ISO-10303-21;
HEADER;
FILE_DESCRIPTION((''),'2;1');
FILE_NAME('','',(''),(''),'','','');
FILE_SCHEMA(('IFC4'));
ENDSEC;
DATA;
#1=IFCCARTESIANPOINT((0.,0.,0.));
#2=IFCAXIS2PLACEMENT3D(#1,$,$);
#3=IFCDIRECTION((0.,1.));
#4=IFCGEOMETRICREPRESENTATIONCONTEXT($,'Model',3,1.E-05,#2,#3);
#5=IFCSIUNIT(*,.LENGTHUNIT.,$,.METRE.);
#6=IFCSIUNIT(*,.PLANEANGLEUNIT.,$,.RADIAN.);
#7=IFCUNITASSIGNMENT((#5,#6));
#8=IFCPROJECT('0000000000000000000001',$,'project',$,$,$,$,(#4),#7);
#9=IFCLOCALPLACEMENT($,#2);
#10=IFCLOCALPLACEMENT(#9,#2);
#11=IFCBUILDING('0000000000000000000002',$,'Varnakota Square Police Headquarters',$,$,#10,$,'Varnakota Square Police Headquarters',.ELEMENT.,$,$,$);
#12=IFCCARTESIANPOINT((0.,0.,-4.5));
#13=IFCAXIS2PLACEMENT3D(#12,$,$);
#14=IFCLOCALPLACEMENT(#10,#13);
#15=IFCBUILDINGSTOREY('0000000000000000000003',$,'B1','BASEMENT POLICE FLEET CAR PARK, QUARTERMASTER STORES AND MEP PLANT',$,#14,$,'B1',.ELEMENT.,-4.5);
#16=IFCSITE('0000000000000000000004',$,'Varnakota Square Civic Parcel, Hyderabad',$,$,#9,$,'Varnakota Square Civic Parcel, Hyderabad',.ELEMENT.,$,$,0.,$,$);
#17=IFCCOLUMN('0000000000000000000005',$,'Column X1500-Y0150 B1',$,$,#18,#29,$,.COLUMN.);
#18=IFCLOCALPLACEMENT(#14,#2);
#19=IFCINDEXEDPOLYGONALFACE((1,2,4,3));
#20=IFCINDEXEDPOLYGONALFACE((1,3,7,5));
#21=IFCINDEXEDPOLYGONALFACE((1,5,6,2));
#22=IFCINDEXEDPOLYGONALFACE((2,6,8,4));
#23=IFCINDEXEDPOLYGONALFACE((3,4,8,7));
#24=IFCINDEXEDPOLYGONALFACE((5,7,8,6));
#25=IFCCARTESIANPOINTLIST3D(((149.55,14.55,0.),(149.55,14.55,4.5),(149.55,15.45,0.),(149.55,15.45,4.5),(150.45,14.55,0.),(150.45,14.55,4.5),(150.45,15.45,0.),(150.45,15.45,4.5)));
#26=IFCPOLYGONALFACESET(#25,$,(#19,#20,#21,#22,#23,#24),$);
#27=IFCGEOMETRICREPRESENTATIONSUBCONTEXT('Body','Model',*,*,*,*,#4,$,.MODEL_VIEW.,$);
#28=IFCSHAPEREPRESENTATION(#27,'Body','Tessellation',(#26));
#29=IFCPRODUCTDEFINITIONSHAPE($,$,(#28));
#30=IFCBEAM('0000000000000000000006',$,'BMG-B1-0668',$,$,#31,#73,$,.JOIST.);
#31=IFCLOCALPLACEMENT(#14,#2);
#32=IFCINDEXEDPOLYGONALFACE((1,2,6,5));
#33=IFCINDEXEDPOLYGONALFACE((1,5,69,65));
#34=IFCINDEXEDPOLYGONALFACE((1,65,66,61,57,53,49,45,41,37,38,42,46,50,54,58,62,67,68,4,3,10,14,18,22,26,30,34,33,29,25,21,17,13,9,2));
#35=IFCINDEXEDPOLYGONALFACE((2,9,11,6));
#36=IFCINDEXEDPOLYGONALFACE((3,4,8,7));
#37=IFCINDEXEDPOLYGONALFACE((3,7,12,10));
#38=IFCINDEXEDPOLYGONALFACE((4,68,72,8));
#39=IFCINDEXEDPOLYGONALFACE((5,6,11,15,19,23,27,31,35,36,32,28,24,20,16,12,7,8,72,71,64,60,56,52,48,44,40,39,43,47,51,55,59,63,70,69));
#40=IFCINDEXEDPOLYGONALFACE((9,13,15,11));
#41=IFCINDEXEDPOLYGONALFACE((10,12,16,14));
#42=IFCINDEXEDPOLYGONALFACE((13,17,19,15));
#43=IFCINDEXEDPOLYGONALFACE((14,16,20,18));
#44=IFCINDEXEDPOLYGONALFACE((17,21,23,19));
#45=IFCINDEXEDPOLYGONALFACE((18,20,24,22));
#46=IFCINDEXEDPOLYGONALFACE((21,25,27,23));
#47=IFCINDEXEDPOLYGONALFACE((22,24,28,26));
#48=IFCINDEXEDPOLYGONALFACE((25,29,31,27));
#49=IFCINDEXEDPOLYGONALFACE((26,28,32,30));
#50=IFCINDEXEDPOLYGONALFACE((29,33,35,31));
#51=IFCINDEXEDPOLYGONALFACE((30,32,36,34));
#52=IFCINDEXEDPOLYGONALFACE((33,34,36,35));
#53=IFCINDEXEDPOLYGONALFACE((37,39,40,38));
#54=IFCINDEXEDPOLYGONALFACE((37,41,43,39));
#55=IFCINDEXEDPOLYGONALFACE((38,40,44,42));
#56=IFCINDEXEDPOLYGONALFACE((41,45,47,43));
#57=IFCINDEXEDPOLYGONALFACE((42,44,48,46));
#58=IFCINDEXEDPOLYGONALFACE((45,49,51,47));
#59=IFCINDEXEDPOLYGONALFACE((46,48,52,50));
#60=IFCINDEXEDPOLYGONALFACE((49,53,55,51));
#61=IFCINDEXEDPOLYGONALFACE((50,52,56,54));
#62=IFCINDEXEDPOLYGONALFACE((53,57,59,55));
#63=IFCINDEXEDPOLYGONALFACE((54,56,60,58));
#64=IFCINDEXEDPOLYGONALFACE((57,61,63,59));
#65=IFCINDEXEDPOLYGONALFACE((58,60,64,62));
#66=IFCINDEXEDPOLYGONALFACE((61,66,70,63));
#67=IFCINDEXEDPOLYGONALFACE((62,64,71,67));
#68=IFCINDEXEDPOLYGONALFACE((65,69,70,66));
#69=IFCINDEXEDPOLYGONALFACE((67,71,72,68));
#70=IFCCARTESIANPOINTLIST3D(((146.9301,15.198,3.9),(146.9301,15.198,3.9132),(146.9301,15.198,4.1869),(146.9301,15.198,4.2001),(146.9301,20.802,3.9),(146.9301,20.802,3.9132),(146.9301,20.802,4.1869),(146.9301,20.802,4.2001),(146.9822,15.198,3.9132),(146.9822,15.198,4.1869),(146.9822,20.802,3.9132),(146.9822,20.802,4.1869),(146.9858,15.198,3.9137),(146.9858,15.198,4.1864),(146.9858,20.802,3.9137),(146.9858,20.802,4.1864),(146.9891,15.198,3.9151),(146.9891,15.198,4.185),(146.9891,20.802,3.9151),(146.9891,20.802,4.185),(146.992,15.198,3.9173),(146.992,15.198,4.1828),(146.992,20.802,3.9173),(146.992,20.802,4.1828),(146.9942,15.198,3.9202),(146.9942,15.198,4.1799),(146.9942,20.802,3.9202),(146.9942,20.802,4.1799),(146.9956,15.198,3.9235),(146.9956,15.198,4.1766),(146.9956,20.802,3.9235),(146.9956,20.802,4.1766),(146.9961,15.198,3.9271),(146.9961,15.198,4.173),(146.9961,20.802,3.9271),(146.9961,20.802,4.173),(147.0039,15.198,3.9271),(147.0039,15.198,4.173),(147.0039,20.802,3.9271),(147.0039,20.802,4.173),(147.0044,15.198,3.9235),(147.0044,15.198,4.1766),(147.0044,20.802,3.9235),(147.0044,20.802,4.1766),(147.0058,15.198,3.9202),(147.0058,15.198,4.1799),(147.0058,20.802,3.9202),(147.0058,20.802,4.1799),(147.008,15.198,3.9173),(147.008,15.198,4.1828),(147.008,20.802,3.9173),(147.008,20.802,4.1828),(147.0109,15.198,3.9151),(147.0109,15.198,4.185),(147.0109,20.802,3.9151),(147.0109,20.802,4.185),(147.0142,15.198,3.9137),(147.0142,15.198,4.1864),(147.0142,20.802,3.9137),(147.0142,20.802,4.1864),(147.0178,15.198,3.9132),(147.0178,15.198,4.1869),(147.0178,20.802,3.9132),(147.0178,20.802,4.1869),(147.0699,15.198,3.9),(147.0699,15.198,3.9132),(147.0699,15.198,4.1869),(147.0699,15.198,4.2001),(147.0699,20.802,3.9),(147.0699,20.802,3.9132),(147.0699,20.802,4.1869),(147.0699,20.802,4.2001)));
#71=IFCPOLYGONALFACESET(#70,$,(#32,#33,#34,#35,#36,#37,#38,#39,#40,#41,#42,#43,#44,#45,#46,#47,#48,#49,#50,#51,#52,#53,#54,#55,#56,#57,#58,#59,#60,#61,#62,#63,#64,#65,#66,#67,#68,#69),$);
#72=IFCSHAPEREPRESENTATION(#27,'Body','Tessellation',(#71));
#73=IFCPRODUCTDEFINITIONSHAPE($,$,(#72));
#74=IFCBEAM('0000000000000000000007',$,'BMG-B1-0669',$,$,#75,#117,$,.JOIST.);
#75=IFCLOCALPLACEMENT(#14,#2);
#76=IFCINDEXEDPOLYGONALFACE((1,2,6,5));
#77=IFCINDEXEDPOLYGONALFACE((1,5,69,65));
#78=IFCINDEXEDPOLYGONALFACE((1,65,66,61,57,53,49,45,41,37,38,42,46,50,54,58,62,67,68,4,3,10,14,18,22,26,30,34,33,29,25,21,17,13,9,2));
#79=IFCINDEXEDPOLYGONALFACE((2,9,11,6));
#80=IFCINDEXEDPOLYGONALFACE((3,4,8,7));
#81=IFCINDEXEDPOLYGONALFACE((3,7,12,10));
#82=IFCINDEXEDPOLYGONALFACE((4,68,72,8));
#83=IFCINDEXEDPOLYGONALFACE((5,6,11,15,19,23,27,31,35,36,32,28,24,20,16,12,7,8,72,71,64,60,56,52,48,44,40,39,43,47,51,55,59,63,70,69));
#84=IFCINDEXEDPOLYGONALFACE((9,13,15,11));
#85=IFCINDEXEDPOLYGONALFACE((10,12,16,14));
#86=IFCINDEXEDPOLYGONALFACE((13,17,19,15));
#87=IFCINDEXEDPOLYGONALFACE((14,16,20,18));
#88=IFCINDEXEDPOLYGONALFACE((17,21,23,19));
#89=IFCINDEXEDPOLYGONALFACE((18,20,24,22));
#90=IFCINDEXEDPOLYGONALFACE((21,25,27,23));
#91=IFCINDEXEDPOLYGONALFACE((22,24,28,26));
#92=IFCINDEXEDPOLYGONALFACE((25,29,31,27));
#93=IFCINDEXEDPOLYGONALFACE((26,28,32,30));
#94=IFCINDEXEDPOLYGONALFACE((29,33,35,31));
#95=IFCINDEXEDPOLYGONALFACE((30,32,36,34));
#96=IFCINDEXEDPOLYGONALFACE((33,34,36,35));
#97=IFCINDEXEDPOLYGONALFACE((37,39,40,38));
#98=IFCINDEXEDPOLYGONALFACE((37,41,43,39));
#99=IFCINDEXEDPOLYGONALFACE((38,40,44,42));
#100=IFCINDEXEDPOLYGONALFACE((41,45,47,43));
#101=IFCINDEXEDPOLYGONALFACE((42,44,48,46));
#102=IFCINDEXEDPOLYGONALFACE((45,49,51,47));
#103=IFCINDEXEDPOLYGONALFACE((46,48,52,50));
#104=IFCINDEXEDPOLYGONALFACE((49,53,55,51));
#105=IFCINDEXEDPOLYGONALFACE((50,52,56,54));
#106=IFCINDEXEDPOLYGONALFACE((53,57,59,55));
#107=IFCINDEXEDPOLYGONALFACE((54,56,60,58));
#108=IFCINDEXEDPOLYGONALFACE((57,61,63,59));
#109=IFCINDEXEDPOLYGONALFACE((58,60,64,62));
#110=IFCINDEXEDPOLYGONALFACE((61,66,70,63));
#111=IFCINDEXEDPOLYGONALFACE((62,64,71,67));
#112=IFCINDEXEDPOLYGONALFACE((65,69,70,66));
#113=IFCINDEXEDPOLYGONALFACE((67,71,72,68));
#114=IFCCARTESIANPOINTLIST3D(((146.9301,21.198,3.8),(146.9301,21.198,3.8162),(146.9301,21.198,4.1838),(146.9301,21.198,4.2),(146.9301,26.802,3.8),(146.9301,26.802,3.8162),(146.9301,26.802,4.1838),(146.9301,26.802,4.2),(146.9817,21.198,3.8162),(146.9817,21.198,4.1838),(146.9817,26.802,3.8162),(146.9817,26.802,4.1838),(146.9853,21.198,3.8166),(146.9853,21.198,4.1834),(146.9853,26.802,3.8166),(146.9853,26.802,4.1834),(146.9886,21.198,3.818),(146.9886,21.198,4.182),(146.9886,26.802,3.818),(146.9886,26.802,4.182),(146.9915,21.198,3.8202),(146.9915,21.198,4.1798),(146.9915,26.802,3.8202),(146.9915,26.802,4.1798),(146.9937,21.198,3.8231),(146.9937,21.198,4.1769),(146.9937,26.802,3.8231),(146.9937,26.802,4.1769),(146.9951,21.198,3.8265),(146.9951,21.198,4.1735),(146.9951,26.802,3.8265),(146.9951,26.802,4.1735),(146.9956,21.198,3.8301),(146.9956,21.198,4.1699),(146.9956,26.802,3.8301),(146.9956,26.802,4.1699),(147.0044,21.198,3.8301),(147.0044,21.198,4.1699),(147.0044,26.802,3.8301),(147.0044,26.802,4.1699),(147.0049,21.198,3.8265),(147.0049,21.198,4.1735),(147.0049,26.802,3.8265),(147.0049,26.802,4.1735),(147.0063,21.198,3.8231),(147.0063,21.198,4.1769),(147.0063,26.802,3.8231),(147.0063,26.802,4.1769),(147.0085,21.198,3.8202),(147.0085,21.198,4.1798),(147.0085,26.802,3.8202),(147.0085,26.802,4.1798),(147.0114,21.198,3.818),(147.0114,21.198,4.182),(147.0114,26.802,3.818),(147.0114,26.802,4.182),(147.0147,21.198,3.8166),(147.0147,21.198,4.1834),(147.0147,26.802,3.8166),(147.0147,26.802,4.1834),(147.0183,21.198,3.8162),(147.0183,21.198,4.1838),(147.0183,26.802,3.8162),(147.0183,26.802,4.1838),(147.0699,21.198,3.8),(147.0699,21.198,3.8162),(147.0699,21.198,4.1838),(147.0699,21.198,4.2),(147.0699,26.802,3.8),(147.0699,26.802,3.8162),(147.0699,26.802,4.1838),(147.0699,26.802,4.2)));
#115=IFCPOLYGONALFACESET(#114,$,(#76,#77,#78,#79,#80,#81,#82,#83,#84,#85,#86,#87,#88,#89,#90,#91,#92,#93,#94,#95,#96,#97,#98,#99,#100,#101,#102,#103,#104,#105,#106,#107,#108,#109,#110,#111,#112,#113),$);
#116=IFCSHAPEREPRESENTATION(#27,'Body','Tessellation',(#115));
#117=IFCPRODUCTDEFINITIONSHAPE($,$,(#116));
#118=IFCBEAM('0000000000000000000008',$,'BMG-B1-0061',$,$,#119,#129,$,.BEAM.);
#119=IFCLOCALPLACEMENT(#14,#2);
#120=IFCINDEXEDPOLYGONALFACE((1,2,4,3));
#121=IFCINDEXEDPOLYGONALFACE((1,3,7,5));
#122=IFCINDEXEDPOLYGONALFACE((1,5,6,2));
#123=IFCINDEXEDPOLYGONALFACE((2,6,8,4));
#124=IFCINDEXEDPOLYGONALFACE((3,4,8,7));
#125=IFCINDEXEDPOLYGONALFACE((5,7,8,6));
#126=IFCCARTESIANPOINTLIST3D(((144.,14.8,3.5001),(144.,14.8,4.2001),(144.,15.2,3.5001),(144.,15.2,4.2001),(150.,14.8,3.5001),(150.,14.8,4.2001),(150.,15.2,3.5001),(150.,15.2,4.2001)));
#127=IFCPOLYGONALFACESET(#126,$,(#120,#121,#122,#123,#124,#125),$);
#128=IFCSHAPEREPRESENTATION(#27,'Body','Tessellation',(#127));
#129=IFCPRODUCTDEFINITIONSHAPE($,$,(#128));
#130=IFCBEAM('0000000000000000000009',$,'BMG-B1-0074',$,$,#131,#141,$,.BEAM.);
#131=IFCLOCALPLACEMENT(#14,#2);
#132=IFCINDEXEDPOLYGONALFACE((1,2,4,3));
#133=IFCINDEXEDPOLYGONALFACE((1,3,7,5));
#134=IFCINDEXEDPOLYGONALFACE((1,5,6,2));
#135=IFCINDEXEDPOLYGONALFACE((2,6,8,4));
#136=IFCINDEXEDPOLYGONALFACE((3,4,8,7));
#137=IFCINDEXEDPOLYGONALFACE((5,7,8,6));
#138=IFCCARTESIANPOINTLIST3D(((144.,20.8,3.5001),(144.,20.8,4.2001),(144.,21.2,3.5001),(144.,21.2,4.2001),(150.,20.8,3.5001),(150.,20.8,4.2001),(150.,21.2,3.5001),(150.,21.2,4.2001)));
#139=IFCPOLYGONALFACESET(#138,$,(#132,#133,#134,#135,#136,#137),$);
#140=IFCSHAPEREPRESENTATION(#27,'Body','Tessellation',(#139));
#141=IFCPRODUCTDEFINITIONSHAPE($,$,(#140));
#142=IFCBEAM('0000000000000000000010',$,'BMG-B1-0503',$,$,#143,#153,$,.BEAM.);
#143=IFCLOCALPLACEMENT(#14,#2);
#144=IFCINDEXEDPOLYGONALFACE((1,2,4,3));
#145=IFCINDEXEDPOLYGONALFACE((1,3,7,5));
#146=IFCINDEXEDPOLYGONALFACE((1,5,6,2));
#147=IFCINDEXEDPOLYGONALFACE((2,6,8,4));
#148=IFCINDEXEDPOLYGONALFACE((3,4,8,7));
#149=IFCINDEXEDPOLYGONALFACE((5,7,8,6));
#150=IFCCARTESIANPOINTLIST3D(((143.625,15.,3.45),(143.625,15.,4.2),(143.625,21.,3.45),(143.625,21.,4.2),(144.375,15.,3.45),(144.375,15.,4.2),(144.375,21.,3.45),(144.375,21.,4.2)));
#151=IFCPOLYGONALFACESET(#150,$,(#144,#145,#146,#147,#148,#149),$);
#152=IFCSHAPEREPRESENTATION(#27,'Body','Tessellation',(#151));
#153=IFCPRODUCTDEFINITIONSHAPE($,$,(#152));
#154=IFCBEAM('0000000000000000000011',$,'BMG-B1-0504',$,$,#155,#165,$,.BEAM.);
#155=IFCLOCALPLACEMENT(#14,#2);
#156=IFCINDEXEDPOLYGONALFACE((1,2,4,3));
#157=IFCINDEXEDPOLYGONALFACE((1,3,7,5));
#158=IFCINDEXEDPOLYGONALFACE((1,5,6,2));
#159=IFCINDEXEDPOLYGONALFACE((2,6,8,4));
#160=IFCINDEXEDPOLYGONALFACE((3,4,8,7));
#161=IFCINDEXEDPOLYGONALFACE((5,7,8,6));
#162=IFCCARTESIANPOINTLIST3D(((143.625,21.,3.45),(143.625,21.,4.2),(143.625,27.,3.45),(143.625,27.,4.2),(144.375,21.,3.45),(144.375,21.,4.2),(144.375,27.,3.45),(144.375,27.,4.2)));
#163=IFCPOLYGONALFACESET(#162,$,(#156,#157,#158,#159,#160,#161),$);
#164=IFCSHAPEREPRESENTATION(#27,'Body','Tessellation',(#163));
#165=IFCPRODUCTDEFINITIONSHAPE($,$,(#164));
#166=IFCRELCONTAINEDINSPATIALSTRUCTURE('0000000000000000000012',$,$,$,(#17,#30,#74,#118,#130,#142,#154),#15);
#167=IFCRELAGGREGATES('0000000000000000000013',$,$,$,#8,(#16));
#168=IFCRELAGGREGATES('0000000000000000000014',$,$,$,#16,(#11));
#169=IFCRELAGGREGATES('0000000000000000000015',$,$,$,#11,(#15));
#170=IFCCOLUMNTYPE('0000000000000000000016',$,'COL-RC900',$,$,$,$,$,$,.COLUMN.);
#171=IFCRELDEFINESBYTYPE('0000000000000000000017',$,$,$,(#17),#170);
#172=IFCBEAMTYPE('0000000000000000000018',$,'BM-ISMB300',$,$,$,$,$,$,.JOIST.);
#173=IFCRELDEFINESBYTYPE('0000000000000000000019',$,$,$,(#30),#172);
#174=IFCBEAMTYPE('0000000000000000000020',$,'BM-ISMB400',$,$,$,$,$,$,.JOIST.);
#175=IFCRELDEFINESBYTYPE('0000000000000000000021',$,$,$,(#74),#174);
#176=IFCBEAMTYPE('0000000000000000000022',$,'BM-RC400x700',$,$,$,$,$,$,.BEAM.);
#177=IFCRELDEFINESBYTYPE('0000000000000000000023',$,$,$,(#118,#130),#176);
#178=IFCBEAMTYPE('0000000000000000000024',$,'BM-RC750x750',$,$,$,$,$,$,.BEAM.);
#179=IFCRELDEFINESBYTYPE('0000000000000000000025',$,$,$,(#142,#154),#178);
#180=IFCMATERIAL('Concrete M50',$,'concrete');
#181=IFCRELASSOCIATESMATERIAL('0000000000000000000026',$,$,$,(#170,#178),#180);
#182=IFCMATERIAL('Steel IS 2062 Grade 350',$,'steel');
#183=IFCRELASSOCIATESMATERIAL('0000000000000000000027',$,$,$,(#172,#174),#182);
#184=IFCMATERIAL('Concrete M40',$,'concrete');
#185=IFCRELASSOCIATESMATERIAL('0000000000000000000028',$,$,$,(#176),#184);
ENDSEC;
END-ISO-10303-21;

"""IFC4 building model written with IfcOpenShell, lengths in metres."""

from ifc_helpers import new_model, si_unit, direction, frame, origin, origin_2d, place, context, subcontext, project, spatial, rectangle, i_section, extrude, material, material_profile, profile_set, type_object, element, save


model = new_model("IFC4")

# Units and contexts
model_context = context("Model", 3, precision=1e-05, world=origin(), true_north=direction((0.0, 1.0)))
body_context = subcontext(model_context, "Body", "Model", "MODEL_VIEW")
ifc_project = project(units=[si_unit("LENGTHUNIT", "METRE"), si_unit("PLANEANGLEUNIT", "RADIAN")], contexts=[model_context])

# Site, building, storey
site_placement = place(None, origin())
site = spatial("IfcSite", under=ifc_project, at=site_placement, Name="Varnakota Square Civic Parcel, Hyderabad", LongName="Varnakota Square Civic Parcel, Hyderabad", CompositionType="ELEMENT", RefElevation=0.0)
building_placement = place(site_placement, origin())
building = spatial("IfcBuilding", under=site, at=building_placement, Name="Varnakota Square Police Headquarters", LongName="Varnakota Square Police Headquarters", CompositionType="ELEMENT")
storey_placement = place(building_placement, frame((0.0, 0.0, -4.5)))
storey = spatial("IfcBuildingStorey", under=building, at=storey_placement, Name="B1", Description="BASEMENT POLICE FLEET CAR PARK, QUARTERMASTER STORES AND MEP PLANT", LongName="B1", CompositionType="ELEMENT", Elevation=-4.5)

# Shared definitions
ifc_material_1 = material(Name="Concrete M40", Category="concrete")
ifc_material_2 = material(Name="Concrete M50", Category="concrete")

# Column
ifc_material_profile_1 = material_profile(ifc_material_2, rectangle(XDim=0.8999, YDim=0.8999, at=origin_2d()), Name="RC 900x900")
ifc_profile_set_1 = profile_set([ifc_material_profile_1], Name="Concrete M50")
column_type_1 = type_object("IfcColumnType", Name="COL-RC900", PredefinedType="COLUMN", material=ifc_profile_set_1)
for number, where, z_axis, x_axis, name in (
    (1, (150.0, 15.0, 0.0), (0.0, 0.0, 1.0), (1.0, 0.0, 0.0), "Column X1500-Y0150 B1"),
):
    element("IfcColumn", number, at=place(storey_placement, frame(where, z_axis=z_axis, x_axis=x_axis)), inside=storey, type_object=column_type_1, Name=name, PredefinedType="COLUMN", context=body_context, shape_type="SweptSolid", body=[
        extrude(rectangle(XDim=0.8999, YDim=0.8999, at=origin_2d()), origin(), (0.0, 0.0, 1.0), 4.5),
    ])

# Beams
ifc_material_3 = material(Name="Steel IS 2062 Grade 350", Category="steel")
ifc_material_profile_2 = material_profile(ifc_material_3, i_section(OverallWidth=0.1399, OverallDepth=0.3, WebThickness=0.0078, FlangeThickness=0.0132, FilletRadius=0.0139, at=origin_2d()), Name="ISMB 300")
ifc_profile_set_2 = profile_set([ifc_material_profile_2], Name="Steel IS 2062 Grade 350")
beam_type_1 = type_object("IfcBeamType", Name="BM-ISMB300", PredefinedType="JOIST", material=ifc_profile_set_2)
beam_1_placement = place(storey_placement, frame((147.0, 15.198, 4.05), z_axis=(0.0, 1.0, 0.0), x_axis=(-1.0, 0.0, 0.0)))
element("IfcBeam", 2, at=beam_1_placement, inside=storey, type_object=beam_type_1, Name="BMG-B1-0668", PredefinedType="JOIST", context=body_context, shape_type="SweptSolid", body=[
    extrude(i_section(OverallWidth=0.1399, OverallDepth=0.3, WebThickness=0.0078, FlangeThickness=0.0132, FilletRadius=0.0139, at=origin_2d()), origin(), (0.0, 0.0, 1.0), 5.604),
])
ifc_material_profile_3 = material_profile(ifc_material_3, i_section(OverallWidth=0.1399, OverallDepth=0.3999, WebThickness=0.0088, FlangeThickness=0.0161, FilletRadius=0.0139, at=origin_2d()), Name="ISMB 400")
ifc_profile_set_3 = profile_set([ifc_material_profile_3], Name="Steel IS 2062 Grade 350")
beam_type_2 = type_object("IfcBeamType", Name="BM-ISMB400", PredefinedType="JOIST", material=ifc_profile_set_3)
beam_2_placement = place(storey_placement, frame((147.0, 21.198, 4.0), z_axis=(0.0, 1.0, 0.0), x_axis=(-1.0, 0.0, 0.0)))
element("IfcBeam", 3, at=beam_2_placement, inside=storey, type_object=beam_type_2, Name="BMG-B1-0669", PredefinedType="JOIST", context=body_context, shape_type="SweptSolid", body=[
    extrude(i_section(OverallWidth=0.1399, OverallDepth=0.3999, WebThickness=0.0088, FlangeThickness=0.0161, FilletRadius=0.0139, at=origin_2d()), origin(), (0.0, 0.0, 1.0), 5.604),
])
ifc_material_profile_4 = material_profile(ifc_material_1, rectangle(XDim=0.3999, YDim=0.7, at=origin_2d()), Name="RC 400x700")
ifc_profile_set_4 = profile_set([ifc_material_profile_4], Name="Concrete M40")
beam_type_3 = type_object("IfcBeamType", Name="BM-RC400x700", PredefinedType="BEAM", material=ifc_profile_set_4)
for number, where, z_axis, x_axis, name in (
    (4, (144.0, 15.0, 3.8501), (1.0, 0.0, 0.0), (0.0, 1.0, 0.0), "BMG-B1-0061"),
    (5, (144.0, 21.0, 3.8501), (1.0, 0.0, 0.0), (0.0, 1.0, 0.0), "BMG-B1-0074"),
):
    element("IfcBeam", number, at=place(storey_placement, frame(where, z_axis=z_axis, x_axis=x_axis)), inside=storey, type_object=beam_type_3, Name=name, PredefinedType="BEAM", context=body_context, shape_type="SweptSolid", body=[
        extrude(rectangle(XDim=0.3999, YDim=0.7, at=origin_2d()), origin(), (0.0, 0.0, 1.0), 6.0),
    ])
ifc_material_profile_5 = material_profile(ifc_material_2, rectangle(XDim=0.75, YDim=0.75, at=origin_2d()), Name="RC 750x750")
ifc_profile_set_5 = profile_set([ifc_material_profile_5], Name="Concrete M50")
beam_type_4 = type_object("IfcBeamType", Name="BM-RC750x750", PredefinedType="BEAM", material=ifc_profile_set_5)
for number, where, z_axis, x_axis, name in (
    (6, (144.0, 15.0, 3.825), (0.0, 1.0, 0.0), (-1.0, 0.0, 0.0), "BMG-B1-0503"),
    (7, (144.0, 21.0, 3.825), (0.0, 1.0, 0.0), (-1.0, 0.0, 0.0), "BMG-B1-0504"),
):
    element("IfcBeam", number, at=place(storey_placement, frame(where, z_axis=z_axis, x_axis=x_axis)), inside=storey, type_object=beam_type_4, Name=name, PredefinedType="BEAM", context=body_context, shape_type="SweptSolid", body=[
        extrude(rectangle(XDim=0.75, YDim=0.75, at=origin_2d()), origin(), (0.0, 0.0, 1.0), 6.0),
    ])

save(model, "model.ifc")
